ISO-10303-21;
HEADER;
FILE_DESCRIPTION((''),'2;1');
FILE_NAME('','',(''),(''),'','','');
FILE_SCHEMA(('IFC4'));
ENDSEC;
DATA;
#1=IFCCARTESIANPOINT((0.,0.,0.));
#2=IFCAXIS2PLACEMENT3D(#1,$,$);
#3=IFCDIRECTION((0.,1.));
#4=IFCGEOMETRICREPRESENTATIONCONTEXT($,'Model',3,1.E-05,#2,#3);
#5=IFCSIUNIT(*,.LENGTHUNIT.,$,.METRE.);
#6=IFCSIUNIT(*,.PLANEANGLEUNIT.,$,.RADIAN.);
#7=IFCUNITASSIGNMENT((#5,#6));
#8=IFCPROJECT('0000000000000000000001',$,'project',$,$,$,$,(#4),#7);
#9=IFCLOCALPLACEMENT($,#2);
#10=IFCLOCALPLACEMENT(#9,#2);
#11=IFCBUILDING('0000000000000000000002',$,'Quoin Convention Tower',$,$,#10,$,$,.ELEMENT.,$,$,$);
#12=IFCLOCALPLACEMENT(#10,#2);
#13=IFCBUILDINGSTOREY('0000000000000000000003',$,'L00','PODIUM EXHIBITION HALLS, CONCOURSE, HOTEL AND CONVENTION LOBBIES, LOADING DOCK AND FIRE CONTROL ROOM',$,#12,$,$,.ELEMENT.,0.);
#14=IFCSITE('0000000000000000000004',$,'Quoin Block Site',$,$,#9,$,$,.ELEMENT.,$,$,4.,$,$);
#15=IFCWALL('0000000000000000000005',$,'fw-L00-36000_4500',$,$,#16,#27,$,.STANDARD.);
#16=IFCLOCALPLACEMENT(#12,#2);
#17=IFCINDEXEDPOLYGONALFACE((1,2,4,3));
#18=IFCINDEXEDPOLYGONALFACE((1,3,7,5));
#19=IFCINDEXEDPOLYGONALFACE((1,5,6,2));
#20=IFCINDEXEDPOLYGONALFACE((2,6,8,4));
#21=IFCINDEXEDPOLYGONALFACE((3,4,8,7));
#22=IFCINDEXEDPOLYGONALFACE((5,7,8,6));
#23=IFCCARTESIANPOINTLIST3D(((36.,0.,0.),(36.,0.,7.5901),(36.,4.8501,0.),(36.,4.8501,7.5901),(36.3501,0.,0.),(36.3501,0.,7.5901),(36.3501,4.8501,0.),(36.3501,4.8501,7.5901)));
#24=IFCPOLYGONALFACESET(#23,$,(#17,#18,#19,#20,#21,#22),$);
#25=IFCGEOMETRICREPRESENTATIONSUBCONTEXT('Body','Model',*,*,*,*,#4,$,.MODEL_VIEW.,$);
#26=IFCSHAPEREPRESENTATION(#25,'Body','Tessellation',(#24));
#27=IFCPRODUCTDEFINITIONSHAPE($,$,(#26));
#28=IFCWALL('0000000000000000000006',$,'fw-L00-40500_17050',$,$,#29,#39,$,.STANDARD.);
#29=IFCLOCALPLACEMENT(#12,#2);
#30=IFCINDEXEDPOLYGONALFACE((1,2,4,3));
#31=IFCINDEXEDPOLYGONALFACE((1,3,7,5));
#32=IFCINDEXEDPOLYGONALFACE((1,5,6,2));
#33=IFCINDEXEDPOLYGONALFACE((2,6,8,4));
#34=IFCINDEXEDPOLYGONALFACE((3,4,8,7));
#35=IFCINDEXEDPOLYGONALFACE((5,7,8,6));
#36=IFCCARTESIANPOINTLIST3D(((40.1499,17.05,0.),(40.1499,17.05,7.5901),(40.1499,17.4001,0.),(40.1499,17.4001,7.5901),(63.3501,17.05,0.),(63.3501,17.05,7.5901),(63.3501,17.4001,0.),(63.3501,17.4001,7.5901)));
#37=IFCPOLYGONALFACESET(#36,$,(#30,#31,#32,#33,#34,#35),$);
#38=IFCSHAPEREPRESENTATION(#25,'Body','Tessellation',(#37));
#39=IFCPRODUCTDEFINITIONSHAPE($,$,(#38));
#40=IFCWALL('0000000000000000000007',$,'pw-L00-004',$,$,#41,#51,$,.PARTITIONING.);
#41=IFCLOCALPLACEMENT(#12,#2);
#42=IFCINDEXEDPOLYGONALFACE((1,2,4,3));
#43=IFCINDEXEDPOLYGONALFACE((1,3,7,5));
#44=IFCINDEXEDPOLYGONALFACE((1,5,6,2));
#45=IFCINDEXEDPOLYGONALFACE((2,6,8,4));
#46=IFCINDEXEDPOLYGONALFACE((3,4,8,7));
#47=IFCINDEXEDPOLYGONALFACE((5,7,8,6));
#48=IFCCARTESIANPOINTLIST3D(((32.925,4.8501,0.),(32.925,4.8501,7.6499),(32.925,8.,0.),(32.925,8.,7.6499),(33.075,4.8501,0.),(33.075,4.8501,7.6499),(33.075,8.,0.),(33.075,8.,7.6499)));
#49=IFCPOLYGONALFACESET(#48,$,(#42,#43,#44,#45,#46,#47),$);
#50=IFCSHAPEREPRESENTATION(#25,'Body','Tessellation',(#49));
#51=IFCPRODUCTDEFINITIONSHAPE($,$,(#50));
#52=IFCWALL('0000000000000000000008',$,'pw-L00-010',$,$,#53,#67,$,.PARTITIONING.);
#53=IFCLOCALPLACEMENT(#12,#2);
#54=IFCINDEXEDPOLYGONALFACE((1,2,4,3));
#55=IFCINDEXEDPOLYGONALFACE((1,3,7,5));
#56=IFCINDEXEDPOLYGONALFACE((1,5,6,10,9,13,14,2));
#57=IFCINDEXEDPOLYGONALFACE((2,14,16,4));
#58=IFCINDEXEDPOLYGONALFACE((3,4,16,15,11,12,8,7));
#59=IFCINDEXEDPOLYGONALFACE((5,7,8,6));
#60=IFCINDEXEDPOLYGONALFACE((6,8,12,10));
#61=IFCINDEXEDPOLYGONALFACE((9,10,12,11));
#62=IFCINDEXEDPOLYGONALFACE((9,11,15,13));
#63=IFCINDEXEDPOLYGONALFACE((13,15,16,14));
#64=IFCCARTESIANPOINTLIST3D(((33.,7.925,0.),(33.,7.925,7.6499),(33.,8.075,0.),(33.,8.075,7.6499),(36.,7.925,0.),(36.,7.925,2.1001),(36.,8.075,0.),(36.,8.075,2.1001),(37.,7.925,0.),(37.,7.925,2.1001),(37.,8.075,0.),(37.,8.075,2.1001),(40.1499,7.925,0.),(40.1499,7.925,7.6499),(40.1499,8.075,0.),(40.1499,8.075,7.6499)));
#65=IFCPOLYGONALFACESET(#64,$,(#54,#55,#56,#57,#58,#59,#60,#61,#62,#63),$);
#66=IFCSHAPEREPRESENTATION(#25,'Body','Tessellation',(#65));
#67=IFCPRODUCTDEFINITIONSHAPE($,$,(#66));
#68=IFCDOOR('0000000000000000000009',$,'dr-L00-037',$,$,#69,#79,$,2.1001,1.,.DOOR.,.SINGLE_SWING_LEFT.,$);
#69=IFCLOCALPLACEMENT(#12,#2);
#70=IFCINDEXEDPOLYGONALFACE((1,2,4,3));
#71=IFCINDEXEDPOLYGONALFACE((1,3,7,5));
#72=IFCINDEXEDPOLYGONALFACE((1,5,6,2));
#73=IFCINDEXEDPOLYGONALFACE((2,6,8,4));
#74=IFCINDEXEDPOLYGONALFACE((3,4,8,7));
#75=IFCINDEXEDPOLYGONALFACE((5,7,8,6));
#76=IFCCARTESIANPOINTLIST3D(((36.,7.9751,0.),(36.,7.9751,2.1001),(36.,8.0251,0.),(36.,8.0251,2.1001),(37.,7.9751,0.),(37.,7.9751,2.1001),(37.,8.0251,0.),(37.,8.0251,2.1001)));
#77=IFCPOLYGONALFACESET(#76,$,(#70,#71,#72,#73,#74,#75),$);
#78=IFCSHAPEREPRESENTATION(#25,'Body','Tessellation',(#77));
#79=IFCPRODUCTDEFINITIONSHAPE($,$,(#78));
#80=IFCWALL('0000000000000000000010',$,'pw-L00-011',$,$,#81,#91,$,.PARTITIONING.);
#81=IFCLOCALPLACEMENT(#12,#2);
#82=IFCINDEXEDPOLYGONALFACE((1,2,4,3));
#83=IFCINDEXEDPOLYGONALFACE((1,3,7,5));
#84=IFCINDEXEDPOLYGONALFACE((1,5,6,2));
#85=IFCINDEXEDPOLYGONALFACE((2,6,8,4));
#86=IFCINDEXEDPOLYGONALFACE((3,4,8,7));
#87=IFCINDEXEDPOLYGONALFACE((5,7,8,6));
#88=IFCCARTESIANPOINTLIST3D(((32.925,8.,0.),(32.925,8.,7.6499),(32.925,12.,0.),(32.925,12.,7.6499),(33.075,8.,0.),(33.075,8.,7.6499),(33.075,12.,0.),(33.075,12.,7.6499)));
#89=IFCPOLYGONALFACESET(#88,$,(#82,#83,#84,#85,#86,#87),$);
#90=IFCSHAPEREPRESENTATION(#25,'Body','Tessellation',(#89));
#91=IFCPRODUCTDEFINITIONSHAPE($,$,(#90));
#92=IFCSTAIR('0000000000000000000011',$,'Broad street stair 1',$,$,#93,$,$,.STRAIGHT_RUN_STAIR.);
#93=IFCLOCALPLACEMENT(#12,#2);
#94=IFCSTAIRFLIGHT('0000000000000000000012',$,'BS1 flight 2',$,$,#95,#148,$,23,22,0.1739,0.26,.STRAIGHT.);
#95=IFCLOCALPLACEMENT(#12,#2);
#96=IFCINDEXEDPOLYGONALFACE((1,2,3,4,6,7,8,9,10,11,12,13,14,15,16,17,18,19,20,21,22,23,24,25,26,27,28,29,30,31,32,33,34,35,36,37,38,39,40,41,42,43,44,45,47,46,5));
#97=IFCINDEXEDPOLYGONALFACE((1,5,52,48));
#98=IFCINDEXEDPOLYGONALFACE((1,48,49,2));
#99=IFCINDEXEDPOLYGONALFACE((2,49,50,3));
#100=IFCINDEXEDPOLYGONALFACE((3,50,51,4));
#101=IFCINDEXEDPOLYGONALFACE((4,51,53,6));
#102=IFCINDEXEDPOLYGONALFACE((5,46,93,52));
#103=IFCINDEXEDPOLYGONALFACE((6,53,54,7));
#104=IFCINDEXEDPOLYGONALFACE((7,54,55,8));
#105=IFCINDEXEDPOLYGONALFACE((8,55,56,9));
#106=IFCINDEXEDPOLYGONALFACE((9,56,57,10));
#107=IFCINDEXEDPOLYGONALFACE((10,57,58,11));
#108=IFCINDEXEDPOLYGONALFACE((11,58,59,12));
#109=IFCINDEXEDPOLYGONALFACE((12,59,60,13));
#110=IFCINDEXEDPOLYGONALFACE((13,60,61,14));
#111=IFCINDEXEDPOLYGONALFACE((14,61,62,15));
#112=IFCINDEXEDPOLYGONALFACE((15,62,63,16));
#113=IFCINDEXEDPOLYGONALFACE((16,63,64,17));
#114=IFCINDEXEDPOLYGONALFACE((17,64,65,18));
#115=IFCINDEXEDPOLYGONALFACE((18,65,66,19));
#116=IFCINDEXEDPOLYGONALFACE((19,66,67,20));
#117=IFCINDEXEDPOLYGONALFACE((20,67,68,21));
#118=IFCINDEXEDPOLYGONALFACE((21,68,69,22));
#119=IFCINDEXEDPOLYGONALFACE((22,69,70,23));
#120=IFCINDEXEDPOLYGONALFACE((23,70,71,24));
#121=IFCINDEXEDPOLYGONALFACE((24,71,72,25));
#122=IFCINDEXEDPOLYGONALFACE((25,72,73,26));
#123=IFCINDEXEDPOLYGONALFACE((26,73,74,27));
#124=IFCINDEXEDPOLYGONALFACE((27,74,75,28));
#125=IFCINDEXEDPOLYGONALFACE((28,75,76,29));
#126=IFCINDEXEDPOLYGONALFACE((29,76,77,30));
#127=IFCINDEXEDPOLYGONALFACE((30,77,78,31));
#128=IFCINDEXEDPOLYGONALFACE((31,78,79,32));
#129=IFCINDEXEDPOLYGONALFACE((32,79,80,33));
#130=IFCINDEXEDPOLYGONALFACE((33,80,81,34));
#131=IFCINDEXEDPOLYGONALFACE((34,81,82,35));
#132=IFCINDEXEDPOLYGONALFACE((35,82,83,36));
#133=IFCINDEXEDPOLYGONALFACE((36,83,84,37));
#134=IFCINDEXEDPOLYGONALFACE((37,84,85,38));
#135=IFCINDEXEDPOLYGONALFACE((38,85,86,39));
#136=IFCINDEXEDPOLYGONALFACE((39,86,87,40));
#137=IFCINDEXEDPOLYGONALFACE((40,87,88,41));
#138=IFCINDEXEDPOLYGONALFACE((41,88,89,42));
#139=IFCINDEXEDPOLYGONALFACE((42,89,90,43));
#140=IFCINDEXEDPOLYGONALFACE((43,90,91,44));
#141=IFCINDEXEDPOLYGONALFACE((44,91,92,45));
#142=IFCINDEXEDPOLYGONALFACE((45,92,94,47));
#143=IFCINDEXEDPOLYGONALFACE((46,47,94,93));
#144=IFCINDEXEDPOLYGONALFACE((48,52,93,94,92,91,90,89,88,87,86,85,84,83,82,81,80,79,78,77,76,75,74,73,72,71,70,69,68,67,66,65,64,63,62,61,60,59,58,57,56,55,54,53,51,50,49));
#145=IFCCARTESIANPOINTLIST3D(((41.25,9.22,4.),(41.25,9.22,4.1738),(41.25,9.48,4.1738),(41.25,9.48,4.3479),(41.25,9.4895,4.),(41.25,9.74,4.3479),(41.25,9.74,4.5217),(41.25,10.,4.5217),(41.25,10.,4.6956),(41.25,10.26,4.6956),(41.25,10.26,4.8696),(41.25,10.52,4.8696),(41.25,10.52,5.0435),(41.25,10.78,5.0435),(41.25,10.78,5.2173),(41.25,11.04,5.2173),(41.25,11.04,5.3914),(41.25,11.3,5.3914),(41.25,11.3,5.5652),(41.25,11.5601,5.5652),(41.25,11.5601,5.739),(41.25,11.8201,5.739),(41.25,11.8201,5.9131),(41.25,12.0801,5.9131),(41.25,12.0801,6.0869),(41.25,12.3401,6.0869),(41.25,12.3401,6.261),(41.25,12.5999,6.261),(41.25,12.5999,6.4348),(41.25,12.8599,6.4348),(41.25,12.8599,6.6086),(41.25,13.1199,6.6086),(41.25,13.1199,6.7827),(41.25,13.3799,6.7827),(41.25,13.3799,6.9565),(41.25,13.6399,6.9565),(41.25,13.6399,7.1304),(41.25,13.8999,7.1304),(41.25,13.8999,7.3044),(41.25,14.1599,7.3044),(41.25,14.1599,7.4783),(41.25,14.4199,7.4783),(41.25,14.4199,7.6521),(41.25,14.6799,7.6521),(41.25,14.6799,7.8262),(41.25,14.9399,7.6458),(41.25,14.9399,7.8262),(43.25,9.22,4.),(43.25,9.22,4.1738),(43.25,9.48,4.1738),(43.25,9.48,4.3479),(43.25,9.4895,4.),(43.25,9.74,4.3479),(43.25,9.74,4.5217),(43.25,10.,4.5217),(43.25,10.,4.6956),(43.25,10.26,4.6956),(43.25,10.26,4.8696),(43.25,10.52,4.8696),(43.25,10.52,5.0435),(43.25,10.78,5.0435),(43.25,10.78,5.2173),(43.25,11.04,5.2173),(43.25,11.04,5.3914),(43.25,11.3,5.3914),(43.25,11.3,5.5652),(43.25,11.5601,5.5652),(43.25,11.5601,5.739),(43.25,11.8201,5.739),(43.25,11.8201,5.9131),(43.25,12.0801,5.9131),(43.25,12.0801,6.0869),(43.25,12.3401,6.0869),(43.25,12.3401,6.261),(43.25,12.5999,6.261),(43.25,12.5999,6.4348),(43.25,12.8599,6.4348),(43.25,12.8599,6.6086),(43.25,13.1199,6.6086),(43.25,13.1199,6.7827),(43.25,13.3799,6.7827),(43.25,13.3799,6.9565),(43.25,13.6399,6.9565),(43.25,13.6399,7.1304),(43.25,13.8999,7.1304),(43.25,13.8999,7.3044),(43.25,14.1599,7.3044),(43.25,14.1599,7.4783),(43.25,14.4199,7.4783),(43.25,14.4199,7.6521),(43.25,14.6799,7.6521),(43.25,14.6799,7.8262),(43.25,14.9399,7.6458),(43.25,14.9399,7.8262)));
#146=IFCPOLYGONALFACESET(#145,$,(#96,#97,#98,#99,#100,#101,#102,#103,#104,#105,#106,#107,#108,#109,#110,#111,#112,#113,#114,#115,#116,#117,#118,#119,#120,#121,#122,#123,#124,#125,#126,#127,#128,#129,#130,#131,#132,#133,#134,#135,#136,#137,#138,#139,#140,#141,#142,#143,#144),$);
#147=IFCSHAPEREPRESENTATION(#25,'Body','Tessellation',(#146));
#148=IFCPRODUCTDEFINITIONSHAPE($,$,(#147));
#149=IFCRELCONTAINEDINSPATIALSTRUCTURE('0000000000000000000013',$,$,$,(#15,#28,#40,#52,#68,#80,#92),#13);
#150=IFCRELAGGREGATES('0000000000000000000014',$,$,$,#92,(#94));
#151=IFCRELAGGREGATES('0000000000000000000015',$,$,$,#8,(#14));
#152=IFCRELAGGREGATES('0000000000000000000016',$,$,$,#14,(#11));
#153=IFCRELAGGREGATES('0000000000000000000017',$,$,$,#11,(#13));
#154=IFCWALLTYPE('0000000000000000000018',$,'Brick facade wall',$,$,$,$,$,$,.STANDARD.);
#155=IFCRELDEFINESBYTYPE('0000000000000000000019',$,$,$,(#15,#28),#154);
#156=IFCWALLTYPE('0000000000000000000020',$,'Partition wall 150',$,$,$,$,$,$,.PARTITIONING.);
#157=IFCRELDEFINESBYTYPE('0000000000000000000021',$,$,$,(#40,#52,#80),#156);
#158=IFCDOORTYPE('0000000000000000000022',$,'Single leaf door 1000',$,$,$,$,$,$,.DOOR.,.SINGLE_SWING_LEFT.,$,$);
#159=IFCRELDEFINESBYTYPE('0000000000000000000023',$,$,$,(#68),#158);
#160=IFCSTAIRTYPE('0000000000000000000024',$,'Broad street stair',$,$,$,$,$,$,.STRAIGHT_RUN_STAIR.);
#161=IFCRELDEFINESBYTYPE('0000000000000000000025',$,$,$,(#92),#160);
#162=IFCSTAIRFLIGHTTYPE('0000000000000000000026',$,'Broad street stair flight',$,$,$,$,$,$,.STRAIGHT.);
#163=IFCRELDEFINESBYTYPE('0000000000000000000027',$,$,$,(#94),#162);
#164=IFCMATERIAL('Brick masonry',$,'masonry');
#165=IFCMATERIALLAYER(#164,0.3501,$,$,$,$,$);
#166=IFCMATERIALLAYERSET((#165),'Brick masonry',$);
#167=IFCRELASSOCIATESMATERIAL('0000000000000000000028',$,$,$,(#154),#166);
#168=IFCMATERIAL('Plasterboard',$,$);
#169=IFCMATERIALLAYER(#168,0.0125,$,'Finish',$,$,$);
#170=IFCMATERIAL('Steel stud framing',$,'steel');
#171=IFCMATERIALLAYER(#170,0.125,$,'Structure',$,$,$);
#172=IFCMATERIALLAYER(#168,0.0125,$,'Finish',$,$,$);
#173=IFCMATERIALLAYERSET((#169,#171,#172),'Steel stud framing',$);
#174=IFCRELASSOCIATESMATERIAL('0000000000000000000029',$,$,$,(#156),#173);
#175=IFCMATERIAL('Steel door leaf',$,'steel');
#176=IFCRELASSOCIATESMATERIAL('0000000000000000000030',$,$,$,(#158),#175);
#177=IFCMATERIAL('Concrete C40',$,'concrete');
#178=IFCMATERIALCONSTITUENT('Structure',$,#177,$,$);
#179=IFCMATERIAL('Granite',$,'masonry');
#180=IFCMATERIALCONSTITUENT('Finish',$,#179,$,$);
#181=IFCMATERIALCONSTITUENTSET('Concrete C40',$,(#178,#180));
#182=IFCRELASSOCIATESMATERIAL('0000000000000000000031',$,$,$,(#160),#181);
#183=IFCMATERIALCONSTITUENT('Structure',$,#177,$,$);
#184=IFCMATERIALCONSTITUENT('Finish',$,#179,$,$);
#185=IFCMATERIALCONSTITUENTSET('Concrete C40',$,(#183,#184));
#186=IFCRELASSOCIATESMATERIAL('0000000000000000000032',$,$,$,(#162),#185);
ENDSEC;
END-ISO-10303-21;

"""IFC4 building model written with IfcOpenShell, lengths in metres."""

from ifc_helpers import new_model, si_unit, direction, frame, frame_2d, origin, place, context, subcontext, project, spatial, polyline, rectangle, outline, extrude, material, layer, layer_set, constituent, constituent_set, type_object, element, fill, aggregate, save


model = new_model("IFC4")

# Units and contexts
model_context = context("Model", 3, precision=1e-05, world=origin(), true_north=direction((0.0, 1.0)))
body_context = subcontext(model_context, "Body", "Model", "MODEL_VIEW")
ifc_project = project(units=[si_unit("LENGTHUNIT", "METRE"), si_unit("PLANEANGLEUNIT", "RADIAN")], contexts=[model_context])

# Site, building, storey
site_placement = place(None, origin())
site = spatial("IfcSite", under=ifc_project, at=site_placement, Name="Quoin Block Site", CompositionType="ELEMENT", RefElevation=4.0)
building_placement = place(site_placement, origin())
building = spatial("IfcBuilding", under=site, at=building_placement, Name="Quoin Convention Tower", CompositionType="ELEMENT")
storey_placement = place(building_placement, origin())
storey = spatial("IfcBuildingStorey", under=building, at=storey_placement, Name="L00", Description="PODIUM EXHIBITION HALLS, CONCOURSE, HOTEL AND CONVENTION LOBBIES, LOADING DOCK AND FIRE CONTROL ROOM", CompositionType="ELEMENT", Elevation=0.0)

# Shared definitions
ifc_material_1 = material(Name="Concrete C40", Category="concrete")

# Walls
ifc_material_2 = material(Name="Brick masonry", Category="masonry")
ifc_layer_1 = layer(ifc_material_2, 0.3501)
ifc_layer_set_1 = layer_set([ifc_layer_1], Name="Brick masonry")
wall_type_1 = type_object("IfcWallType", Name="Brick facade wall", PredefinedType="STANDARD", material=ifc_layer_set_1)
wall_1_placement = place(storey_placement, frame((36.175, 4.8501, 0.0), z_axis=(0.0, 0.0, 1.0), x_axis=(0.0, -1.0, 0.0)))
element("IfcWall", 1, at=wall_1_placement, inside=storey, type_object=wall_type_1, Name="fw-L00-36000_4500", PredefinedType="STANDARD", context=body_context, shape_type="SweptSolid", body=[
    extrude(rectangle(XDim=4.8501, YDim=0.3501, at=frame_2d((2.425, 0.0))), origin(), (0.0, 0.0, 1.0), 7.5901),
])
wall_2_placement = place(storey_placement, frame((40.1499, 17.2251, 0.0), z_axis=(0.0, 0.0, 1.0), x_axis=(1.0, 0.0, 0.0)))
element("IfcWall", 2, at=wall_2_placement, inside=storey, type_object=wall_type_1, Name="fw-L00-40500_17050", PredefinedType="STANDARD", context=body_context, shape_type="SweptSolid", body=[
    extrude(rectangle(XDim=23.2002, YDim=0.3501, at=frame_2d((11.6001, 0.0))), origin(), (0.0, 0.0, 1.0), 7.5901),
])
ifc_material_3 = material(Name="Plasterboard")
ifc_layer_2 = layer(ifc_material_3, 0.0125, Name="Finish")
ifc_material_4 = material(Name="Steel stud framing", Category="steel")
ifc_layer_3 = layer(ifc_material_4, 0.125, Name="Structure")
ifc_layer_4 = layer(ifc_material_3, 0.0125, Name="Finish")
ifc_layer_set_2 = layer_set([ifc_layer_2, ifc_layer_3, ifc_layer_4], Name="Steel stud framing")
wall_type_2 = type_object("IfcWallType", Name="Partition wall 150", PredefinedType="PARTITIONING", material=ifc_layer_set_2)
wall_3_placement = place(storey_placement, frame((33.0, 4.8501, 0.0), z_axis=(0.0, 0.0, 1.0), x_axis=(0.0, 1.0, 0.0)))
element("IfcWall", 3, at=wall_3_placement, inside=storey, type_object=wall_type_2, Name="pw-L00-004", PredefinedType="PARTITIONING", context=body_context, shape_type="SweptSolid", body=[
    extrude(rectangle(XDim=3.1499, YDim=0.1499, at=frame_2d((1.575, 0.0))), origin(), (0.0, 0.0, 1.0), 7.6499),
])

# Wall, opening, door
wall_4_placement = place(storey_placement, frame((33.0, 8.0, 0.0), z_axis=(0.0, 0.0, 1.0), x_axis=(1.0, 0.0, 0.0)))
wall_4 = element("IfcWall", 4, at=wall_4_placement, inside=storey, type_object=wall_type_2, Name="pw-L00-010", PredefinedType="PARTITIONING", context=body_context, shape_type="SweptSolid", body=[
    extrude(rectangle(XDim=7.1499, YDim=0.1499, at=frame_2d((3.575, 0.0))), origin(), (0.0, 0.0, 1.0), 7.6499),
])
opening_placement = place(wall_4_placement, frame((3.0, 0.0, 0.0)))
opening = element("IfcOpeningElement", 5, at=opening_placement, cuts=wall_4, PredefinedType="OPENING", context=body_context, shape_type="SweptSolid", body=[
    extrude(rectangle(XDim=1.0, YDim=2.1001, at=frame_2d((0.5, 1.05))), frame((0.0, 0.085, 0.0), z_axis=(0.0, -1.0, 0.0), x_axis=(1.0, 0.0, 0.0)), (0.0, 0.0, 1.0), 0.1699),
])
ifc_material_5 = material(Name="Steel door leaf", Category="steel")
door_type = type_object("IfcDoorType", Name="Single leaf door 1000", OperationType="SINGLE_SWING_LEFT", PredefinedType="DOOR", material=ifc_material_5)
door_placement = place(opening_placement, frame((1.0, 0.0, 0.0), z_axis=(0.0, 0.0, 1.0), x_axis=(-1.0, 0.0, 0.0)))
door = element("IfcDoor", 6, at=door_placement, inside=storey, type_object=door_type, Name="dr-L00-037", OperationType="SINGLE_SWING_LEFT", OverallHeight=2.1001, OverallWidth=1.0, PredefinedType="DOOR", context=body_context, shape_type="SweptSolid", body=[
    extrude(rectangle(XDim=1.0, YDim=2.1001, at=frame_2d((0.5, 1.05))), frame((0.0, 0.0249, 0.0), z_axis=(0.0, -1.0, 0.0), x_axis=(1.0, 0.0, 0.0)), (0.0, 0.0, 1.0), 0.05),
])
fill(opening, door)

# Wall
wall_5_placement = place(storey_placement, frame((33.0, 8.0, 0.0), z_axis=(0.0, 0.0, 1.0), x_axis=(0.0, 1.0, 0.0)))
element("IfcWall", 7, at=wall_5_placement, inside=storey, type_object=wall_type_2, Name="pw-L00-011", PredefinedType="PARTITIONING", context=body_context, shape_type="SweptSolid", body=[
    extrude(rectangle(XDim=4.0, YDim=0.1499, at=frame_2d((2.0, 0.0))), origin(), (0.0, 0.0, 1.0), 7.6499),
])

# Stair, stair flight
ifc_constituent_1 = constituent(ifc_material_1, Name="Structure")
ifc_material_6 = material(Name="Granite", Category="masonry")
ifc_constituent_2 = constituent(ifc_material_6, Name="Finish")
ifc_constituent_set_1 = constituent_set(constituents=[ifc_constituent_1, ifc_constituent_2], Name="Concrete C40")
stair_type = type_object("IfcStairType", Name="Broad street stair", PredefinedType="STRAIGHT_RUN_STAIR", material=ifc_constituent_set_1)
stair_1_placement = place(storey_placement, origin())
stair_1 = element("IfcStair", 8, at=stair_1_placement, inside=storey, type_object=stair_type, Name="Broad street stair 1", PredefinedType="STRAIGHT_RUN_STAIR")
ifc_constituent_3 = constituent(ifc_material_1, Name="Structure")
ifc_constituent_4 = constituent(ifc_material_6, Name="Finish")
ifc_constituent_set_2 = constituent_set(constituents=[ifc_constituent_3, ifc_constituent_4], Name="Concrete C40")
stair_flight_type = type_object("IfcStairFlightType", Name="Broad street stair flight", PredefinedType="STRAIGHT", material=ifc_constituent_set_2)
stair_flight_1_placement = place(storey_placement, frame((42.25, 9.22, 4.0), z_axis=(0.0, 0.0, 1.0), x_axis=(0.0, 1.0, 0.0)))
stair_flight_1 = element("IfcStairFlight", 9, at=stair_flight_1_placement, type_object=stair_flight_type, Name="BS1 flight 2", NumberOfRisers=23, NumberOfTreads=22, PredefinedType="STRAIGHT", RiserHeight=0.1739, TreadLength=0.26, context=body_context, shape_type="SweptSolid", body=[
    extrude(outline(polyline([(0.0, 0.0), (0.0, 0.1738), (0.26, 0.1738), (0.26, 0.3479), (0.52, 0.3479), (0.52, 0.5217), (0.78, 0.5217), (0.78, 0.6956), (1.04, 0.6956), (1.04, 0.8696), (1.3, 0.8696), (1.3, 1.0435), (1.5601, 1.0435), (1.5601, 1.2173), (1.8201, 1.2173), (1.8201, 1.3914), (2.0801, 1.3914), (2.0801, 1.5652), (2.3401, 1.5652), (2.3401, 1.739), (2.6001, 1.739), (2.6001, 1.9131), (2.8601, 1.9131), (2.8601, 2.0869), (3.1201, 2.0869), (3.1201, 2.261), (3.3799, 2.261), (3.3799, 2.4348), (3.6399, 2.4348), (3.6399, 2.6086), (3.8999, 2.6086), (3.8999, 2.7827), (4.1599, 2.7827), (4.1599, 2.9565), (4.4199, 2.9565), (4.4199, 3.1304), (4.6799, 3.1304), (4.6799, 3.3044), (4.9399, 3.3044), (4.9399, 3.4783), (5.2, 3.4783), (5.2, 3.6521), (5.46, 3.6521), (5.46, 3.8262), (5.72, 3.8262), (5.72, 4.0), (5.72, 3.6458), (0.2695, 0.0), (0.0, 0.0)])), frame((0.0, 1.0, 0.0), z_axis=(0.0, -1.0, 0.0), x_axis=(1.0, 0.0, 0.0)), (0.0, 0.0, 1.0), 2.0),
])
aggregate(stair_1, [stair_flight_1])

save(model, "model.ifc")
